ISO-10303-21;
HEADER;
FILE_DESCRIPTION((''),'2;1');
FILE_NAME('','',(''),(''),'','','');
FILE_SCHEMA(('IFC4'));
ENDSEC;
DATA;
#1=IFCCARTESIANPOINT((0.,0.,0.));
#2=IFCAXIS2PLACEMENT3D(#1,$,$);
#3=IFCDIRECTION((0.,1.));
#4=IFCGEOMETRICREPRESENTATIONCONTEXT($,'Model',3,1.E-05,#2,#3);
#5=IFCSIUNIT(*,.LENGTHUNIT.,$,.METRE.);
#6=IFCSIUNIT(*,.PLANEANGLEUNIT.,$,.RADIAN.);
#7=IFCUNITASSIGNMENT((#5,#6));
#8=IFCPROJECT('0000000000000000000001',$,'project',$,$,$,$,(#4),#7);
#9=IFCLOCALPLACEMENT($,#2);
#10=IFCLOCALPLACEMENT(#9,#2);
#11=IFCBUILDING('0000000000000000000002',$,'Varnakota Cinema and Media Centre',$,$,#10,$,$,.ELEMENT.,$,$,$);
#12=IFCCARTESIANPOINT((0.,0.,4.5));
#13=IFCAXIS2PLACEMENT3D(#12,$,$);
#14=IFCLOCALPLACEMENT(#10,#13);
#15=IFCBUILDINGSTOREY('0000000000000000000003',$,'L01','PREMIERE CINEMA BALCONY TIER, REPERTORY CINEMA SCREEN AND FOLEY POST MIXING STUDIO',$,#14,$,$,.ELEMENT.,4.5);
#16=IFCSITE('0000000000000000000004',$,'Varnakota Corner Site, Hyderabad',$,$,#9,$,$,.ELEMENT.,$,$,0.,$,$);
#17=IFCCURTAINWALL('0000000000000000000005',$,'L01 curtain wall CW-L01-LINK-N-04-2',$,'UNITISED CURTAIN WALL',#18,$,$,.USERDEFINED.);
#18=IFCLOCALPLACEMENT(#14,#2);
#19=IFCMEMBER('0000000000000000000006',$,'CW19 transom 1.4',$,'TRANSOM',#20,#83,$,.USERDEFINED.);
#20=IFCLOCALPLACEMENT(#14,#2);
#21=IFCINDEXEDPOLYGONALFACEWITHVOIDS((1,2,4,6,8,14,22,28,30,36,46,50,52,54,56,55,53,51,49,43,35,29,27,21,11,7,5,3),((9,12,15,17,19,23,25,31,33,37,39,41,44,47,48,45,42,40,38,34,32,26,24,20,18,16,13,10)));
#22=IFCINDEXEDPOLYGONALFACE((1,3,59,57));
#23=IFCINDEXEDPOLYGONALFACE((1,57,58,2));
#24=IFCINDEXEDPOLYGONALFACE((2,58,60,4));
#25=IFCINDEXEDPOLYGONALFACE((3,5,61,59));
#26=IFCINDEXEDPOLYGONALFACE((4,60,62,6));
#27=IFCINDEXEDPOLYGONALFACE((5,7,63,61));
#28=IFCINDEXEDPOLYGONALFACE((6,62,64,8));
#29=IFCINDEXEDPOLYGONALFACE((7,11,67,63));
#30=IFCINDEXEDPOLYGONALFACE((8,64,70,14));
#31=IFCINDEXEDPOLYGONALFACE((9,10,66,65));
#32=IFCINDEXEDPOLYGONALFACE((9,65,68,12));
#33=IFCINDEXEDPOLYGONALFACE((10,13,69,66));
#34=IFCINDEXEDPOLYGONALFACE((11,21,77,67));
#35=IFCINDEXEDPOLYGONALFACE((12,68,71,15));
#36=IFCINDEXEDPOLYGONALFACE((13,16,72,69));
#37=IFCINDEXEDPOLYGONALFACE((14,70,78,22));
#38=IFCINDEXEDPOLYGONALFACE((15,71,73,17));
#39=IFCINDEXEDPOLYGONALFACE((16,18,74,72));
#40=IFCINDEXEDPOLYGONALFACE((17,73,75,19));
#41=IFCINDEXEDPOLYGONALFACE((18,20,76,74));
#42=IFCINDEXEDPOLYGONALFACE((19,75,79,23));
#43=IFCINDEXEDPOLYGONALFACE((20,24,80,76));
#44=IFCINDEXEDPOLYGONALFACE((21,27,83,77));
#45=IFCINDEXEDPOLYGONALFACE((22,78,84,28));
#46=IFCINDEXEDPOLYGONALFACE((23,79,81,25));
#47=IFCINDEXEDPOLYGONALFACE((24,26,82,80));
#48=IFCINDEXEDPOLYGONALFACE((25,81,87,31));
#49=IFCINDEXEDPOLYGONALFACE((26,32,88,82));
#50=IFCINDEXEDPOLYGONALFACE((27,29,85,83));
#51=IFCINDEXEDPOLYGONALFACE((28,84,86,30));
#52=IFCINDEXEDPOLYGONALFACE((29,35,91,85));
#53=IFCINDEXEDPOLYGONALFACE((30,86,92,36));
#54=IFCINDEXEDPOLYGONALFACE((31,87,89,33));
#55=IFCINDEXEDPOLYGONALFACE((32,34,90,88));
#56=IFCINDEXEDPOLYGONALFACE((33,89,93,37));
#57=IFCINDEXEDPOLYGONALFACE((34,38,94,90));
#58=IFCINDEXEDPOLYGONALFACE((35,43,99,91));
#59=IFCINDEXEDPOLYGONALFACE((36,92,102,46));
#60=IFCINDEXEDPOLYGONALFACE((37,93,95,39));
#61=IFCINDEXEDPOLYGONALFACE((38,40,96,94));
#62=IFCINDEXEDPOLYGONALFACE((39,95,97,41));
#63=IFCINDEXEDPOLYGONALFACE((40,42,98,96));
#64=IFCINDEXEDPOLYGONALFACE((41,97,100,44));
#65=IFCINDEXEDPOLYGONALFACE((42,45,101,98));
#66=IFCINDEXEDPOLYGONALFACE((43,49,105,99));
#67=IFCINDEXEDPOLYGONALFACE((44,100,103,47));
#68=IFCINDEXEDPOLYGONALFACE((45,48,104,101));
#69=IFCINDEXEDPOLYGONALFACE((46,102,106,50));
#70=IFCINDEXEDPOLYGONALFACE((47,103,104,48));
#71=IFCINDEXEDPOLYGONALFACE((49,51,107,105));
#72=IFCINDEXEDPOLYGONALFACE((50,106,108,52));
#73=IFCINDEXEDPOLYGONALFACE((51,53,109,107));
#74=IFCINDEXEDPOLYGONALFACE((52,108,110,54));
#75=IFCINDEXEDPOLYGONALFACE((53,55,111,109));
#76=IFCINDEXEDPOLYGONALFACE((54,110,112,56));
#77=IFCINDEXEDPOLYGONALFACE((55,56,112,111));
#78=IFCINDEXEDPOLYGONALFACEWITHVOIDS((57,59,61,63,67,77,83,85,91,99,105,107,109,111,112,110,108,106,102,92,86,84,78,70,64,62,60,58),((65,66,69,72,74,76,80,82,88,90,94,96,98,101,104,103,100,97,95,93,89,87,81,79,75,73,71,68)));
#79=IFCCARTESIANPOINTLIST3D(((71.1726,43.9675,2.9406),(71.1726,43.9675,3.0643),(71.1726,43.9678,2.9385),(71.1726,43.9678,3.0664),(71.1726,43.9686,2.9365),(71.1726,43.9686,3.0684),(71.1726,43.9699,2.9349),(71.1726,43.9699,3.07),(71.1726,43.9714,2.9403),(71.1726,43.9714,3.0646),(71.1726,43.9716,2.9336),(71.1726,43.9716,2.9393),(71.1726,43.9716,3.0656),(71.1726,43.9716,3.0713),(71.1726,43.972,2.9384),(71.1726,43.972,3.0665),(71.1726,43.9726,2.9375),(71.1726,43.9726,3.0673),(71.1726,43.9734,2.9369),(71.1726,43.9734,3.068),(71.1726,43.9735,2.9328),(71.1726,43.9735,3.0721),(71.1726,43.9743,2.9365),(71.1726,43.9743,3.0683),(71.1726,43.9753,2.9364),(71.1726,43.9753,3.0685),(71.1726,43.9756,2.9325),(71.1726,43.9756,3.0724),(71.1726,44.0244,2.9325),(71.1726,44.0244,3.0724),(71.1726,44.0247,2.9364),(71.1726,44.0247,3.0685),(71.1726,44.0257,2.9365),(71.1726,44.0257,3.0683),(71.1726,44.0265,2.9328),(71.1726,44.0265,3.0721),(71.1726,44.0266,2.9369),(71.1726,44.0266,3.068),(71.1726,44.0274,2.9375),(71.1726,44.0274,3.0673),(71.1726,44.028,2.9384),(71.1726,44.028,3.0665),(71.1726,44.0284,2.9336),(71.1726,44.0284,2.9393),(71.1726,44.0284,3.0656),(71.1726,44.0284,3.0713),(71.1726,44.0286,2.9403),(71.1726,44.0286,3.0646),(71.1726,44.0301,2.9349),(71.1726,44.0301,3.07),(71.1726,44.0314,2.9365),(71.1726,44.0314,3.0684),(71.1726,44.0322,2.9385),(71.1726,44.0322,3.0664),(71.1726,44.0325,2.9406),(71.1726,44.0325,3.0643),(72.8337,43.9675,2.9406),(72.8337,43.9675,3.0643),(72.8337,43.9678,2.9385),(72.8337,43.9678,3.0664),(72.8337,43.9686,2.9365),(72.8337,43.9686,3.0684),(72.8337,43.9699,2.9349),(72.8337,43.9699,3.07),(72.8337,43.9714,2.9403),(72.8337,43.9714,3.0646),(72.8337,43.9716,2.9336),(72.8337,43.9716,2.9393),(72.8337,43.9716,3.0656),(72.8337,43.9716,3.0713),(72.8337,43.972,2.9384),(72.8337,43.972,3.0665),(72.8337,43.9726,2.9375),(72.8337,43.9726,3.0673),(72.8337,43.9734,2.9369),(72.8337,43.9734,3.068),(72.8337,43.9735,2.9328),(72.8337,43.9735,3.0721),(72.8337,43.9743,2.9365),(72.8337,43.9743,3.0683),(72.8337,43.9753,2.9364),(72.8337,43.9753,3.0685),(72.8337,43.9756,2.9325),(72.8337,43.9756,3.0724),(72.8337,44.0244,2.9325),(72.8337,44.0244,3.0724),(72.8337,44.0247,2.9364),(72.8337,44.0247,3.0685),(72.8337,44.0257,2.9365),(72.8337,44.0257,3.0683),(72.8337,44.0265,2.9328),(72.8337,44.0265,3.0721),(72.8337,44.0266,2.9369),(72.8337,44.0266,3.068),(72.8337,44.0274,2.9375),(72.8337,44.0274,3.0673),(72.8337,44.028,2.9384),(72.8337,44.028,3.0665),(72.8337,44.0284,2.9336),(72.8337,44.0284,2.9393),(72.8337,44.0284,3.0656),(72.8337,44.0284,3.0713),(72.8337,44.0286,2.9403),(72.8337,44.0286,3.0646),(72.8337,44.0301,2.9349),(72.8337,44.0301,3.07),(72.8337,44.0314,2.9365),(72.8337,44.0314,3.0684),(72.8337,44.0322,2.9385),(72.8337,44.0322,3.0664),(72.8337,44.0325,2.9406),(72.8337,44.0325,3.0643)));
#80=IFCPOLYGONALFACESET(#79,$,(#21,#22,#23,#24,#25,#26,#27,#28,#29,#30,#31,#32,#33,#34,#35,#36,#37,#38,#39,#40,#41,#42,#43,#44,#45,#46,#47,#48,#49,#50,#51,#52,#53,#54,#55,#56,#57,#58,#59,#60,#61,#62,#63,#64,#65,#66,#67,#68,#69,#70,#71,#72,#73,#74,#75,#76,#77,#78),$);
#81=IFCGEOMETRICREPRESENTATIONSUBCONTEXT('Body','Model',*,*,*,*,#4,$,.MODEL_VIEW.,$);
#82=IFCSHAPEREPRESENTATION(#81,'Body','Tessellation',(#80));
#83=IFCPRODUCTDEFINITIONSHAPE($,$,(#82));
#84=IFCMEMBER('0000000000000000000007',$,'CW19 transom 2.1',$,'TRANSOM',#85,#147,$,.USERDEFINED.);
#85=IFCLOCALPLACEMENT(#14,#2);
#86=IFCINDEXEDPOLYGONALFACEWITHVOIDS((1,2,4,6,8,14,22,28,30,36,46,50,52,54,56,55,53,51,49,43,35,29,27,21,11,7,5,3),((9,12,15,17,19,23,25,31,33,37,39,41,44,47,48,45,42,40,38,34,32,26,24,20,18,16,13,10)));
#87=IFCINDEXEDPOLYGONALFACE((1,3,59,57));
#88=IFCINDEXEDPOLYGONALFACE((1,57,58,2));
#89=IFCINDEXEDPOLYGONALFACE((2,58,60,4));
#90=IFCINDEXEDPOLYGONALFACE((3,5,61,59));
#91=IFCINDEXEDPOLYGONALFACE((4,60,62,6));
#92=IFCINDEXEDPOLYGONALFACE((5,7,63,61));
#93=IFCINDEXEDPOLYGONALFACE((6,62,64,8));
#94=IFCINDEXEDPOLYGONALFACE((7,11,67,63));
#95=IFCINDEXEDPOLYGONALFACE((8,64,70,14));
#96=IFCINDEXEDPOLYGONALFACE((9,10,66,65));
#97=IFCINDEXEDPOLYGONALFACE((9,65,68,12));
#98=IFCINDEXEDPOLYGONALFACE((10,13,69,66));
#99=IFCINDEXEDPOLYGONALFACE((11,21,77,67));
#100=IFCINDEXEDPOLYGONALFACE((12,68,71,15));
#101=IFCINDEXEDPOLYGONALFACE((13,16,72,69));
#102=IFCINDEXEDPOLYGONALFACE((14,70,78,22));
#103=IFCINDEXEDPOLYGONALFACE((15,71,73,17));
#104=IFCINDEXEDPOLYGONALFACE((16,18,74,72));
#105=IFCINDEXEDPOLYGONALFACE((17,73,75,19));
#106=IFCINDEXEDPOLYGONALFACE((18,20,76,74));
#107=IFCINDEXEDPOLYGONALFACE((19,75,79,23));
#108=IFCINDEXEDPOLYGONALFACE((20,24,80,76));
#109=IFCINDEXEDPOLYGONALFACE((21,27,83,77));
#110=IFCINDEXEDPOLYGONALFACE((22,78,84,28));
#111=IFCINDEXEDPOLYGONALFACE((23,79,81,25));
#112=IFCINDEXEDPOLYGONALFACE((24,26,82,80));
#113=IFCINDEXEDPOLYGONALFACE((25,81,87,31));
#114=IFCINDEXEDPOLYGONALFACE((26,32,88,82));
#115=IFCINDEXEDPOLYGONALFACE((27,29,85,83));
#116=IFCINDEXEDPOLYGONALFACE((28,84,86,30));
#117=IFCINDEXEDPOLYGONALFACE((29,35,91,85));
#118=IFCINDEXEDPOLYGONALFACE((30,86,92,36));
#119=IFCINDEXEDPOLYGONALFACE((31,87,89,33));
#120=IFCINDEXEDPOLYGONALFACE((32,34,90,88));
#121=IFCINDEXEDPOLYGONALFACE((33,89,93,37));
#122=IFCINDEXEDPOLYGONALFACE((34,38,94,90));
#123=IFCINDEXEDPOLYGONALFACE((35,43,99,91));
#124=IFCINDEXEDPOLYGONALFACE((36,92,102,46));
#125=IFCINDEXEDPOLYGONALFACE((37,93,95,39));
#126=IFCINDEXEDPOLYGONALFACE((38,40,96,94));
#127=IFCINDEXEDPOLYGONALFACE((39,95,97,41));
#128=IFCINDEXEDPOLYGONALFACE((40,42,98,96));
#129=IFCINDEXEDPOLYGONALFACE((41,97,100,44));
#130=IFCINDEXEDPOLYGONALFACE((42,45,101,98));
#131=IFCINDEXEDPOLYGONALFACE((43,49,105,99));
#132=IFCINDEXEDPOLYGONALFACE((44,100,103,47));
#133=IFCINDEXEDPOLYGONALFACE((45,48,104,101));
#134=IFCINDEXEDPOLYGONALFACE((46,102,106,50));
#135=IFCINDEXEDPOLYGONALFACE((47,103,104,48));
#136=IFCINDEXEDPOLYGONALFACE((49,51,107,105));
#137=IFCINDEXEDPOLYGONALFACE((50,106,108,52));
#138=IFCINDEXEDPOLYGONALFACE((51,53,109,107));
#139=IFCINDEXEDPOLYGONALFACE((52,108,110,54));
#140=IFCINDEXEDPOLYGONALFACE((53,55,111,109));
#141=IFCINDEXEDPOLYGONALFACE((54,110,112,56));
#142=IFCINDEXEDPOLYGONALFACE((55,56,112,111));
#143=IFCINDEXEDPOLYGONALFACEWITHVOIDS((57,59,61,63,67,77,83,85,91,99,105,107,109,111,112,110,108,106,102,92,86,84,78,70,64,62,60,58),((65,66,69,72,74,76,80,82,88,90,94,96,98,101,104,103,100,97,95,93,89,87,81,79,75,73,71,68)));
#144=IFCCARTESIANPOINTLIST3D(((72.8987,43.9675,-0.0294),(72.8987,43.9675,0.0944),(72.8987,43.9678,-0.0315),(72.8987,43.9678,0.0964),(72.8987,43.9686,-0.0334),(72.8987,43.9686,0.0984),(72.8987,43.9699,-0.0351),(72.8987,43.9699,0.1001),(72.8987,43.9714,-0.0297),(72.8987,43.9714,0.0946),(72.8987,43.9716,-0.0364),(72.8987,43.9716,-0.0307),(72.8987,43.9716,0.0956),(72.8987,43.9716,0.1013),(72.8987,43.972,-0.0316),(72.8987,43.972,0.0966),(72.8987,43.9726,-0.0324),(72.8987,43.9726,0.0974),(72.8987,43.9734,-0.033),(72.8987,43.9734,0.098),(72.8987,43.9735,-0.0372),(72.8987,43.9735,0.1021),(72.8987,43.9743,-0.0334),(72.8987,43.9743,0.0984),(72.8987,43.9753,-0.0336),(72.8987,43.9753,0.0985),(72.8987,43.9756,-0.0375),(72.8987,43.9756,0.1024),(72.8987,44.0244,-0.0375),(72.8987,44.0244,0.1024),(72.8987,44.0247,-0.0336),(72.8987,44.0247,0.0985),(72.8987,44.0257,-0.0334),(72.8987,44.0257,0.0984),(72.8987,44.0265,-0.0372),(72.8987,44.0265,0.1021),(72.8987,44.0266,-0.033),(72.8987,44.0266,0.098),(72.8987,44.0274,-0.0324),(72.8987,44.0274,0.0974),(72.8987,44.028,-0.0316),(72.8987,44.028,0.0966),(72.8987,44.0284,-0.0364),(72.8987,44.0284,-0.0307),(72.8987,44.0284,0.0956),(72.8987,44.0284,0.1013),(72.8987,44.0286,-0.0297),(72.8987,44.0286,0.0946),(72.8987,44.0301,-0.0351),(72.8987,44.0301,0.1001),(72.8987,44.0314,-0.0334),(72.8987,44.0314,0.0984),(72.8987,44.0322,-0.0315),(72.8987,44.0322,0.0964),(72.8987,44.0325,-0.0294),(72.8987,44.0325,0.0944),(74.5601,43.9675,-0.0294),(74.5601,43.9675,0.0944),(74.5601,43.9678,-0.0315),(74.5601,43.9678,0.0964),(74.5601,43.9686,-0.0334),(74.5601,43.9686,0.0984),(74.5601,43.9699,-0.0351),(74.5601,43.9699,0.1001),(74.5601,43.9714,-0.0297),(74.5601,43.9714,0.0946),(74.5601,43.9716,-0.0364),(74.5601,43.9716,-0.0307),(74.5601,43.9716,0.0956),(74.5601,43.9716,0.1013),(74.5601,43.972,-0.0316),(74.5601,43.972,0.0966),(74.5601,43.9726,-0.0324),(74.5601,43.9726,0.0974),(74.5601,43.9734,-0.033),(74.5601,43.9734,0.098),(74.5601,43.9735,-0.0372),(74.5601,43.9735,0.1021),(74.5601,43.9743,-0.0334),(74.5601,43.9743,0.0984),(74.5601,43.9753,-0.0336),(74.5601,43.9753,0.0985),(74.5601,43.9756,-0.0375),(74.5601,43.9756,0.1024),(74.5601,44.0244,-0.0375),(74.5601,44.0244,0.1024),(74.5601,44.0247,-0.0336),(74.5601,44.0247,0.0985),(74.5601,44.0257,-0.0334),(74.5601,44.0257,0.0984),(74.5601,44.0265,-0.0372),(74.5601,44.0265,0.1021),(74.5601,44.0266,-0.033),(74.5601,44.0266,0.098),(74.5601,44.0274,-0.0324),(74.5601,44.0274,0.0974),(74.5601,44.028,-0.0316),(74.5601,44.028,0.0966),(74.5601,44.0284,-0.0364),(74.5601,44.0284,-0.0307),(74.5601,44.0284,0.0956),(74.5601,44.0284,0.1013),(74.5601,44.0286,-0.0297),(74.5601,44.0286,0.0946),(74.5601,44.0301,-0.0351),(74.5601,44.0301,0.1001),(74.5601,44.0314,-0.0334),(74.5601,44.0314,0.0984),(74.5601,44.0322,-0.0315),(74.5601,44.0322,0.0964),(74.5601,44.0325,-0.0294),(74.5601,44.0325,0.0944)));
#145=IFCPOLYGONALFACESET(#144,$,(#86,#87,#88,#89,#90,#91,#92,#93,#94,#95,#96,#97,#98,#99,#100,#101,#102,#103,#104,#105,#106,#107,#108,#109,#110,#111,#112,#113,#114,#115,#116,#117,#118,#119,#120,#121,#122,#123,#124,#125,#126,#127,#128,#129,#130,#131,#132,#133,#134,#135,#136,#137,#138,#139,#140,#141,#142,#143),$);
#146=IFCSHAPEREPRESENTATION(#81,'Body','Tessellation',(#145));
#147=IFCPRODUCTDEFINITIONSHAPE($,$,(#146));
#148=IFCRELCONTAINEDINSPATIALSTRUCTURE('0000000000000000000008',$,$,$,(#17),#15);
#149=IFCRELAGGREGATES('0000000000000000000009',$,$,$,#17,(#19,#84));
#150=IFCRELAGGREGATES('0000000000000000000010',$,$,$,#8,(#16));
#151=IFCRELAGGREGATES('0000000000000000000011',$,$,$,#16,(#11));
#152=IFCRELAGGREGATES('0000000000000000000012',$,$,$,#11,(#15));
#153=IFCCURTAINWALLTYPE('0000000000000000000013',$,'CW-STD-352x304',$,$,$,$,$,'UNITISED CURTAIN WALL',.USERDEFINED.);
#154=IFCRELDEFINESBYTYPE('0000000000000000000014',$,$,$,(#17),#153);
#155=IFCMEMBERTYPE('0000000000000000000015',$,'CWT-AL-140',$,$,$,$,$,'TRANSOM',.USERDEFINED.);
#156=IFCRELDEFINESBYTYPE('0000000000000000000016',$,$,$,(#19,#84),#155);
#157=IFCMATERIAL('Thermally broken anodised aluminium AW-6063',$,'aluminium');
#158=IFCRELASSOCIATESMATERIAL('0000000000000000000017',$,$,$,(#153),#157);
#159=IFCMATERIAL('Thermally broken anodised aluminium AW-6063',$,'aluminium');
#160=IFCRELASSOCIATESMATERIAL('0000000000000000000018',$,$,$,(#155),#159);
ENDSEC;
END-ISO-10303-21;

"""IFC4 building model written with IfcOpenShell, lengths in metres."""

from ifc_helpers import new_model, si_unit, direction, frame, origin, origin_2d, place, context, subcontext, project, spatial, hollow_rectangle, extrude, material, material_profile, profile_set, type_object, element, aggregate, save


model = new_model("IFC4")

# Units and contexts
model_context = context("Model", 3, precision=1e-05, world=origin(), true_north=direction((0.0, 1.0)))
body_context = subcontext(model_context, "Body", "Model", "MODEL_VIEW")
ifc_project = project(units=[si_unit("LENGTHUNIT", "METRE"), si_unit("PLANEANGLEUNIT", "RADIAN")], contexts=[model_context])

# Site, building, storey
site_placement = place(None, origin())
site = spatial("IfcSite", under=ifc_project, at=site_placement, Name="Varnakota Corner Site, Hyderabad", CompositionType="ELEMENT", RefElevation=0.0)
building_placement = place(site_placement, origin())
building = spatial("IfcBuilding", under=site, at=building_placement, Name="Varnakota Cinema and Media Centre", CompositionType="ELEMENT")
storey_placement = place(building_placement, frame((0.0, 0.0, 4.5)))
storey = spatial("IfcBuildingStorey", under=building, at=storey_placement, Name="L01", Description="PREMIERE CINEMA BALCONY TIER, REPERTORY CINEMA SCREEN AND FOLEY POST MIXING STUDIO", CompositionType="ELEMENT", Elevation=4.5)

# Shared definitions
ifc_material_1 = material(Name="Thermally broken anodised aluminium AW-6063", Category="aluminium")
curtain_wall_type_1 = type_object("IfcCurtainWallType", Name="CW-STD-352x304", ElementType="UNITISED CURTAIN WALL", PredefinedType="USERDEFINED", material=ifc_material_1)

# Curtain wall
curtain_wall_1_placement = place(storey_placement, origin())
curtain_wall_1 = element("IfcCurtainWall", 1, at=curtain_wall_1_placement, inside=storey, type_object=curtain_wall_type_1, Name="L01 curtain wall CW-L01-LINK-N-04-2", ObjectType="UNITISED CURTAIN WALL", PredefinedType="USERDEFINED")

# Members
ifc_material_2 = material(Name="Thermally broken anodised aluminium AW-6063", Category="aluminium")
ifc_material_profile_1 = material_profile(ifc_material_2, hollow_rectangle(XDim=0.0649, YDim=0.1399, WallThickness=0.0039, InnerFilletRadius=0.0039, OuterFilletRadius=0.0081, at=origin_2d()), Name="AL-TRANSOM 140x65x4")
ifc_profile_set_1 = profile_set([ifc_material_profile_1], Name="Thermally broken anodised aluminium AW-6063")
member_type_1 = type_object("IfcMemberType", Name="CWT-AL-140", ElementType="TRANSOM", PredefinedType="USERDEFINED", material=ifc_profile_set_1)
member_1_placement = place(storey_placement, frame((71.1726, 44.0, 3.0024), z_axis=(1.0, 0.0, 0.0), x_axis=(0.0, 1.0, 0.0)))
member_1 = element("IfcMember", 2, at=member_1_placement, type_object=member_type_1, Name="CW19 transom 1.4", ObjectType="TRANSOM", PredefinedType="USERDEFINED", context=body_context, shape_type="SweptSolid", body=[
    extrude(hollow_rectangle(XDim=0.0649, YDim=0.1399, WallThickness=0.0039, InnerFilletRadius=0.0039, OuterFilletRadius=0.0081, at=origin_2d()), origin(), (0.0, 0.0, 1.0), 1.6611),
])
member_2_placement = place(storey_placement, frame((72.8987, 44.0, 0.0325), z_axis=(1.0, 0.0, 0.0), x_axis=(0.0, 1.0, 0.0)))
member_2 = element("IfcMember", 3, at=member_2_placement, type_object=member_type_1, Name="CW19 transom 2.1", ObjectType="TRANSOM", PredefinedType="USERDEFINED", context=body_context, shape_type="SweptSolid", body=[
    extrude(hollow_rectangle(XDim=0.0649, YDim=0.1399, WallThickness=0.0039, InnerFilletRadius=0.0039, OuterFilletRadius=0.0081, at=origin_2d()), origin(), (0.0, 0.0, 1.0), 1.6614),
])

aggregate(curtain_wall_1, [member_1, member_2])

save(model, "model.ifc")
